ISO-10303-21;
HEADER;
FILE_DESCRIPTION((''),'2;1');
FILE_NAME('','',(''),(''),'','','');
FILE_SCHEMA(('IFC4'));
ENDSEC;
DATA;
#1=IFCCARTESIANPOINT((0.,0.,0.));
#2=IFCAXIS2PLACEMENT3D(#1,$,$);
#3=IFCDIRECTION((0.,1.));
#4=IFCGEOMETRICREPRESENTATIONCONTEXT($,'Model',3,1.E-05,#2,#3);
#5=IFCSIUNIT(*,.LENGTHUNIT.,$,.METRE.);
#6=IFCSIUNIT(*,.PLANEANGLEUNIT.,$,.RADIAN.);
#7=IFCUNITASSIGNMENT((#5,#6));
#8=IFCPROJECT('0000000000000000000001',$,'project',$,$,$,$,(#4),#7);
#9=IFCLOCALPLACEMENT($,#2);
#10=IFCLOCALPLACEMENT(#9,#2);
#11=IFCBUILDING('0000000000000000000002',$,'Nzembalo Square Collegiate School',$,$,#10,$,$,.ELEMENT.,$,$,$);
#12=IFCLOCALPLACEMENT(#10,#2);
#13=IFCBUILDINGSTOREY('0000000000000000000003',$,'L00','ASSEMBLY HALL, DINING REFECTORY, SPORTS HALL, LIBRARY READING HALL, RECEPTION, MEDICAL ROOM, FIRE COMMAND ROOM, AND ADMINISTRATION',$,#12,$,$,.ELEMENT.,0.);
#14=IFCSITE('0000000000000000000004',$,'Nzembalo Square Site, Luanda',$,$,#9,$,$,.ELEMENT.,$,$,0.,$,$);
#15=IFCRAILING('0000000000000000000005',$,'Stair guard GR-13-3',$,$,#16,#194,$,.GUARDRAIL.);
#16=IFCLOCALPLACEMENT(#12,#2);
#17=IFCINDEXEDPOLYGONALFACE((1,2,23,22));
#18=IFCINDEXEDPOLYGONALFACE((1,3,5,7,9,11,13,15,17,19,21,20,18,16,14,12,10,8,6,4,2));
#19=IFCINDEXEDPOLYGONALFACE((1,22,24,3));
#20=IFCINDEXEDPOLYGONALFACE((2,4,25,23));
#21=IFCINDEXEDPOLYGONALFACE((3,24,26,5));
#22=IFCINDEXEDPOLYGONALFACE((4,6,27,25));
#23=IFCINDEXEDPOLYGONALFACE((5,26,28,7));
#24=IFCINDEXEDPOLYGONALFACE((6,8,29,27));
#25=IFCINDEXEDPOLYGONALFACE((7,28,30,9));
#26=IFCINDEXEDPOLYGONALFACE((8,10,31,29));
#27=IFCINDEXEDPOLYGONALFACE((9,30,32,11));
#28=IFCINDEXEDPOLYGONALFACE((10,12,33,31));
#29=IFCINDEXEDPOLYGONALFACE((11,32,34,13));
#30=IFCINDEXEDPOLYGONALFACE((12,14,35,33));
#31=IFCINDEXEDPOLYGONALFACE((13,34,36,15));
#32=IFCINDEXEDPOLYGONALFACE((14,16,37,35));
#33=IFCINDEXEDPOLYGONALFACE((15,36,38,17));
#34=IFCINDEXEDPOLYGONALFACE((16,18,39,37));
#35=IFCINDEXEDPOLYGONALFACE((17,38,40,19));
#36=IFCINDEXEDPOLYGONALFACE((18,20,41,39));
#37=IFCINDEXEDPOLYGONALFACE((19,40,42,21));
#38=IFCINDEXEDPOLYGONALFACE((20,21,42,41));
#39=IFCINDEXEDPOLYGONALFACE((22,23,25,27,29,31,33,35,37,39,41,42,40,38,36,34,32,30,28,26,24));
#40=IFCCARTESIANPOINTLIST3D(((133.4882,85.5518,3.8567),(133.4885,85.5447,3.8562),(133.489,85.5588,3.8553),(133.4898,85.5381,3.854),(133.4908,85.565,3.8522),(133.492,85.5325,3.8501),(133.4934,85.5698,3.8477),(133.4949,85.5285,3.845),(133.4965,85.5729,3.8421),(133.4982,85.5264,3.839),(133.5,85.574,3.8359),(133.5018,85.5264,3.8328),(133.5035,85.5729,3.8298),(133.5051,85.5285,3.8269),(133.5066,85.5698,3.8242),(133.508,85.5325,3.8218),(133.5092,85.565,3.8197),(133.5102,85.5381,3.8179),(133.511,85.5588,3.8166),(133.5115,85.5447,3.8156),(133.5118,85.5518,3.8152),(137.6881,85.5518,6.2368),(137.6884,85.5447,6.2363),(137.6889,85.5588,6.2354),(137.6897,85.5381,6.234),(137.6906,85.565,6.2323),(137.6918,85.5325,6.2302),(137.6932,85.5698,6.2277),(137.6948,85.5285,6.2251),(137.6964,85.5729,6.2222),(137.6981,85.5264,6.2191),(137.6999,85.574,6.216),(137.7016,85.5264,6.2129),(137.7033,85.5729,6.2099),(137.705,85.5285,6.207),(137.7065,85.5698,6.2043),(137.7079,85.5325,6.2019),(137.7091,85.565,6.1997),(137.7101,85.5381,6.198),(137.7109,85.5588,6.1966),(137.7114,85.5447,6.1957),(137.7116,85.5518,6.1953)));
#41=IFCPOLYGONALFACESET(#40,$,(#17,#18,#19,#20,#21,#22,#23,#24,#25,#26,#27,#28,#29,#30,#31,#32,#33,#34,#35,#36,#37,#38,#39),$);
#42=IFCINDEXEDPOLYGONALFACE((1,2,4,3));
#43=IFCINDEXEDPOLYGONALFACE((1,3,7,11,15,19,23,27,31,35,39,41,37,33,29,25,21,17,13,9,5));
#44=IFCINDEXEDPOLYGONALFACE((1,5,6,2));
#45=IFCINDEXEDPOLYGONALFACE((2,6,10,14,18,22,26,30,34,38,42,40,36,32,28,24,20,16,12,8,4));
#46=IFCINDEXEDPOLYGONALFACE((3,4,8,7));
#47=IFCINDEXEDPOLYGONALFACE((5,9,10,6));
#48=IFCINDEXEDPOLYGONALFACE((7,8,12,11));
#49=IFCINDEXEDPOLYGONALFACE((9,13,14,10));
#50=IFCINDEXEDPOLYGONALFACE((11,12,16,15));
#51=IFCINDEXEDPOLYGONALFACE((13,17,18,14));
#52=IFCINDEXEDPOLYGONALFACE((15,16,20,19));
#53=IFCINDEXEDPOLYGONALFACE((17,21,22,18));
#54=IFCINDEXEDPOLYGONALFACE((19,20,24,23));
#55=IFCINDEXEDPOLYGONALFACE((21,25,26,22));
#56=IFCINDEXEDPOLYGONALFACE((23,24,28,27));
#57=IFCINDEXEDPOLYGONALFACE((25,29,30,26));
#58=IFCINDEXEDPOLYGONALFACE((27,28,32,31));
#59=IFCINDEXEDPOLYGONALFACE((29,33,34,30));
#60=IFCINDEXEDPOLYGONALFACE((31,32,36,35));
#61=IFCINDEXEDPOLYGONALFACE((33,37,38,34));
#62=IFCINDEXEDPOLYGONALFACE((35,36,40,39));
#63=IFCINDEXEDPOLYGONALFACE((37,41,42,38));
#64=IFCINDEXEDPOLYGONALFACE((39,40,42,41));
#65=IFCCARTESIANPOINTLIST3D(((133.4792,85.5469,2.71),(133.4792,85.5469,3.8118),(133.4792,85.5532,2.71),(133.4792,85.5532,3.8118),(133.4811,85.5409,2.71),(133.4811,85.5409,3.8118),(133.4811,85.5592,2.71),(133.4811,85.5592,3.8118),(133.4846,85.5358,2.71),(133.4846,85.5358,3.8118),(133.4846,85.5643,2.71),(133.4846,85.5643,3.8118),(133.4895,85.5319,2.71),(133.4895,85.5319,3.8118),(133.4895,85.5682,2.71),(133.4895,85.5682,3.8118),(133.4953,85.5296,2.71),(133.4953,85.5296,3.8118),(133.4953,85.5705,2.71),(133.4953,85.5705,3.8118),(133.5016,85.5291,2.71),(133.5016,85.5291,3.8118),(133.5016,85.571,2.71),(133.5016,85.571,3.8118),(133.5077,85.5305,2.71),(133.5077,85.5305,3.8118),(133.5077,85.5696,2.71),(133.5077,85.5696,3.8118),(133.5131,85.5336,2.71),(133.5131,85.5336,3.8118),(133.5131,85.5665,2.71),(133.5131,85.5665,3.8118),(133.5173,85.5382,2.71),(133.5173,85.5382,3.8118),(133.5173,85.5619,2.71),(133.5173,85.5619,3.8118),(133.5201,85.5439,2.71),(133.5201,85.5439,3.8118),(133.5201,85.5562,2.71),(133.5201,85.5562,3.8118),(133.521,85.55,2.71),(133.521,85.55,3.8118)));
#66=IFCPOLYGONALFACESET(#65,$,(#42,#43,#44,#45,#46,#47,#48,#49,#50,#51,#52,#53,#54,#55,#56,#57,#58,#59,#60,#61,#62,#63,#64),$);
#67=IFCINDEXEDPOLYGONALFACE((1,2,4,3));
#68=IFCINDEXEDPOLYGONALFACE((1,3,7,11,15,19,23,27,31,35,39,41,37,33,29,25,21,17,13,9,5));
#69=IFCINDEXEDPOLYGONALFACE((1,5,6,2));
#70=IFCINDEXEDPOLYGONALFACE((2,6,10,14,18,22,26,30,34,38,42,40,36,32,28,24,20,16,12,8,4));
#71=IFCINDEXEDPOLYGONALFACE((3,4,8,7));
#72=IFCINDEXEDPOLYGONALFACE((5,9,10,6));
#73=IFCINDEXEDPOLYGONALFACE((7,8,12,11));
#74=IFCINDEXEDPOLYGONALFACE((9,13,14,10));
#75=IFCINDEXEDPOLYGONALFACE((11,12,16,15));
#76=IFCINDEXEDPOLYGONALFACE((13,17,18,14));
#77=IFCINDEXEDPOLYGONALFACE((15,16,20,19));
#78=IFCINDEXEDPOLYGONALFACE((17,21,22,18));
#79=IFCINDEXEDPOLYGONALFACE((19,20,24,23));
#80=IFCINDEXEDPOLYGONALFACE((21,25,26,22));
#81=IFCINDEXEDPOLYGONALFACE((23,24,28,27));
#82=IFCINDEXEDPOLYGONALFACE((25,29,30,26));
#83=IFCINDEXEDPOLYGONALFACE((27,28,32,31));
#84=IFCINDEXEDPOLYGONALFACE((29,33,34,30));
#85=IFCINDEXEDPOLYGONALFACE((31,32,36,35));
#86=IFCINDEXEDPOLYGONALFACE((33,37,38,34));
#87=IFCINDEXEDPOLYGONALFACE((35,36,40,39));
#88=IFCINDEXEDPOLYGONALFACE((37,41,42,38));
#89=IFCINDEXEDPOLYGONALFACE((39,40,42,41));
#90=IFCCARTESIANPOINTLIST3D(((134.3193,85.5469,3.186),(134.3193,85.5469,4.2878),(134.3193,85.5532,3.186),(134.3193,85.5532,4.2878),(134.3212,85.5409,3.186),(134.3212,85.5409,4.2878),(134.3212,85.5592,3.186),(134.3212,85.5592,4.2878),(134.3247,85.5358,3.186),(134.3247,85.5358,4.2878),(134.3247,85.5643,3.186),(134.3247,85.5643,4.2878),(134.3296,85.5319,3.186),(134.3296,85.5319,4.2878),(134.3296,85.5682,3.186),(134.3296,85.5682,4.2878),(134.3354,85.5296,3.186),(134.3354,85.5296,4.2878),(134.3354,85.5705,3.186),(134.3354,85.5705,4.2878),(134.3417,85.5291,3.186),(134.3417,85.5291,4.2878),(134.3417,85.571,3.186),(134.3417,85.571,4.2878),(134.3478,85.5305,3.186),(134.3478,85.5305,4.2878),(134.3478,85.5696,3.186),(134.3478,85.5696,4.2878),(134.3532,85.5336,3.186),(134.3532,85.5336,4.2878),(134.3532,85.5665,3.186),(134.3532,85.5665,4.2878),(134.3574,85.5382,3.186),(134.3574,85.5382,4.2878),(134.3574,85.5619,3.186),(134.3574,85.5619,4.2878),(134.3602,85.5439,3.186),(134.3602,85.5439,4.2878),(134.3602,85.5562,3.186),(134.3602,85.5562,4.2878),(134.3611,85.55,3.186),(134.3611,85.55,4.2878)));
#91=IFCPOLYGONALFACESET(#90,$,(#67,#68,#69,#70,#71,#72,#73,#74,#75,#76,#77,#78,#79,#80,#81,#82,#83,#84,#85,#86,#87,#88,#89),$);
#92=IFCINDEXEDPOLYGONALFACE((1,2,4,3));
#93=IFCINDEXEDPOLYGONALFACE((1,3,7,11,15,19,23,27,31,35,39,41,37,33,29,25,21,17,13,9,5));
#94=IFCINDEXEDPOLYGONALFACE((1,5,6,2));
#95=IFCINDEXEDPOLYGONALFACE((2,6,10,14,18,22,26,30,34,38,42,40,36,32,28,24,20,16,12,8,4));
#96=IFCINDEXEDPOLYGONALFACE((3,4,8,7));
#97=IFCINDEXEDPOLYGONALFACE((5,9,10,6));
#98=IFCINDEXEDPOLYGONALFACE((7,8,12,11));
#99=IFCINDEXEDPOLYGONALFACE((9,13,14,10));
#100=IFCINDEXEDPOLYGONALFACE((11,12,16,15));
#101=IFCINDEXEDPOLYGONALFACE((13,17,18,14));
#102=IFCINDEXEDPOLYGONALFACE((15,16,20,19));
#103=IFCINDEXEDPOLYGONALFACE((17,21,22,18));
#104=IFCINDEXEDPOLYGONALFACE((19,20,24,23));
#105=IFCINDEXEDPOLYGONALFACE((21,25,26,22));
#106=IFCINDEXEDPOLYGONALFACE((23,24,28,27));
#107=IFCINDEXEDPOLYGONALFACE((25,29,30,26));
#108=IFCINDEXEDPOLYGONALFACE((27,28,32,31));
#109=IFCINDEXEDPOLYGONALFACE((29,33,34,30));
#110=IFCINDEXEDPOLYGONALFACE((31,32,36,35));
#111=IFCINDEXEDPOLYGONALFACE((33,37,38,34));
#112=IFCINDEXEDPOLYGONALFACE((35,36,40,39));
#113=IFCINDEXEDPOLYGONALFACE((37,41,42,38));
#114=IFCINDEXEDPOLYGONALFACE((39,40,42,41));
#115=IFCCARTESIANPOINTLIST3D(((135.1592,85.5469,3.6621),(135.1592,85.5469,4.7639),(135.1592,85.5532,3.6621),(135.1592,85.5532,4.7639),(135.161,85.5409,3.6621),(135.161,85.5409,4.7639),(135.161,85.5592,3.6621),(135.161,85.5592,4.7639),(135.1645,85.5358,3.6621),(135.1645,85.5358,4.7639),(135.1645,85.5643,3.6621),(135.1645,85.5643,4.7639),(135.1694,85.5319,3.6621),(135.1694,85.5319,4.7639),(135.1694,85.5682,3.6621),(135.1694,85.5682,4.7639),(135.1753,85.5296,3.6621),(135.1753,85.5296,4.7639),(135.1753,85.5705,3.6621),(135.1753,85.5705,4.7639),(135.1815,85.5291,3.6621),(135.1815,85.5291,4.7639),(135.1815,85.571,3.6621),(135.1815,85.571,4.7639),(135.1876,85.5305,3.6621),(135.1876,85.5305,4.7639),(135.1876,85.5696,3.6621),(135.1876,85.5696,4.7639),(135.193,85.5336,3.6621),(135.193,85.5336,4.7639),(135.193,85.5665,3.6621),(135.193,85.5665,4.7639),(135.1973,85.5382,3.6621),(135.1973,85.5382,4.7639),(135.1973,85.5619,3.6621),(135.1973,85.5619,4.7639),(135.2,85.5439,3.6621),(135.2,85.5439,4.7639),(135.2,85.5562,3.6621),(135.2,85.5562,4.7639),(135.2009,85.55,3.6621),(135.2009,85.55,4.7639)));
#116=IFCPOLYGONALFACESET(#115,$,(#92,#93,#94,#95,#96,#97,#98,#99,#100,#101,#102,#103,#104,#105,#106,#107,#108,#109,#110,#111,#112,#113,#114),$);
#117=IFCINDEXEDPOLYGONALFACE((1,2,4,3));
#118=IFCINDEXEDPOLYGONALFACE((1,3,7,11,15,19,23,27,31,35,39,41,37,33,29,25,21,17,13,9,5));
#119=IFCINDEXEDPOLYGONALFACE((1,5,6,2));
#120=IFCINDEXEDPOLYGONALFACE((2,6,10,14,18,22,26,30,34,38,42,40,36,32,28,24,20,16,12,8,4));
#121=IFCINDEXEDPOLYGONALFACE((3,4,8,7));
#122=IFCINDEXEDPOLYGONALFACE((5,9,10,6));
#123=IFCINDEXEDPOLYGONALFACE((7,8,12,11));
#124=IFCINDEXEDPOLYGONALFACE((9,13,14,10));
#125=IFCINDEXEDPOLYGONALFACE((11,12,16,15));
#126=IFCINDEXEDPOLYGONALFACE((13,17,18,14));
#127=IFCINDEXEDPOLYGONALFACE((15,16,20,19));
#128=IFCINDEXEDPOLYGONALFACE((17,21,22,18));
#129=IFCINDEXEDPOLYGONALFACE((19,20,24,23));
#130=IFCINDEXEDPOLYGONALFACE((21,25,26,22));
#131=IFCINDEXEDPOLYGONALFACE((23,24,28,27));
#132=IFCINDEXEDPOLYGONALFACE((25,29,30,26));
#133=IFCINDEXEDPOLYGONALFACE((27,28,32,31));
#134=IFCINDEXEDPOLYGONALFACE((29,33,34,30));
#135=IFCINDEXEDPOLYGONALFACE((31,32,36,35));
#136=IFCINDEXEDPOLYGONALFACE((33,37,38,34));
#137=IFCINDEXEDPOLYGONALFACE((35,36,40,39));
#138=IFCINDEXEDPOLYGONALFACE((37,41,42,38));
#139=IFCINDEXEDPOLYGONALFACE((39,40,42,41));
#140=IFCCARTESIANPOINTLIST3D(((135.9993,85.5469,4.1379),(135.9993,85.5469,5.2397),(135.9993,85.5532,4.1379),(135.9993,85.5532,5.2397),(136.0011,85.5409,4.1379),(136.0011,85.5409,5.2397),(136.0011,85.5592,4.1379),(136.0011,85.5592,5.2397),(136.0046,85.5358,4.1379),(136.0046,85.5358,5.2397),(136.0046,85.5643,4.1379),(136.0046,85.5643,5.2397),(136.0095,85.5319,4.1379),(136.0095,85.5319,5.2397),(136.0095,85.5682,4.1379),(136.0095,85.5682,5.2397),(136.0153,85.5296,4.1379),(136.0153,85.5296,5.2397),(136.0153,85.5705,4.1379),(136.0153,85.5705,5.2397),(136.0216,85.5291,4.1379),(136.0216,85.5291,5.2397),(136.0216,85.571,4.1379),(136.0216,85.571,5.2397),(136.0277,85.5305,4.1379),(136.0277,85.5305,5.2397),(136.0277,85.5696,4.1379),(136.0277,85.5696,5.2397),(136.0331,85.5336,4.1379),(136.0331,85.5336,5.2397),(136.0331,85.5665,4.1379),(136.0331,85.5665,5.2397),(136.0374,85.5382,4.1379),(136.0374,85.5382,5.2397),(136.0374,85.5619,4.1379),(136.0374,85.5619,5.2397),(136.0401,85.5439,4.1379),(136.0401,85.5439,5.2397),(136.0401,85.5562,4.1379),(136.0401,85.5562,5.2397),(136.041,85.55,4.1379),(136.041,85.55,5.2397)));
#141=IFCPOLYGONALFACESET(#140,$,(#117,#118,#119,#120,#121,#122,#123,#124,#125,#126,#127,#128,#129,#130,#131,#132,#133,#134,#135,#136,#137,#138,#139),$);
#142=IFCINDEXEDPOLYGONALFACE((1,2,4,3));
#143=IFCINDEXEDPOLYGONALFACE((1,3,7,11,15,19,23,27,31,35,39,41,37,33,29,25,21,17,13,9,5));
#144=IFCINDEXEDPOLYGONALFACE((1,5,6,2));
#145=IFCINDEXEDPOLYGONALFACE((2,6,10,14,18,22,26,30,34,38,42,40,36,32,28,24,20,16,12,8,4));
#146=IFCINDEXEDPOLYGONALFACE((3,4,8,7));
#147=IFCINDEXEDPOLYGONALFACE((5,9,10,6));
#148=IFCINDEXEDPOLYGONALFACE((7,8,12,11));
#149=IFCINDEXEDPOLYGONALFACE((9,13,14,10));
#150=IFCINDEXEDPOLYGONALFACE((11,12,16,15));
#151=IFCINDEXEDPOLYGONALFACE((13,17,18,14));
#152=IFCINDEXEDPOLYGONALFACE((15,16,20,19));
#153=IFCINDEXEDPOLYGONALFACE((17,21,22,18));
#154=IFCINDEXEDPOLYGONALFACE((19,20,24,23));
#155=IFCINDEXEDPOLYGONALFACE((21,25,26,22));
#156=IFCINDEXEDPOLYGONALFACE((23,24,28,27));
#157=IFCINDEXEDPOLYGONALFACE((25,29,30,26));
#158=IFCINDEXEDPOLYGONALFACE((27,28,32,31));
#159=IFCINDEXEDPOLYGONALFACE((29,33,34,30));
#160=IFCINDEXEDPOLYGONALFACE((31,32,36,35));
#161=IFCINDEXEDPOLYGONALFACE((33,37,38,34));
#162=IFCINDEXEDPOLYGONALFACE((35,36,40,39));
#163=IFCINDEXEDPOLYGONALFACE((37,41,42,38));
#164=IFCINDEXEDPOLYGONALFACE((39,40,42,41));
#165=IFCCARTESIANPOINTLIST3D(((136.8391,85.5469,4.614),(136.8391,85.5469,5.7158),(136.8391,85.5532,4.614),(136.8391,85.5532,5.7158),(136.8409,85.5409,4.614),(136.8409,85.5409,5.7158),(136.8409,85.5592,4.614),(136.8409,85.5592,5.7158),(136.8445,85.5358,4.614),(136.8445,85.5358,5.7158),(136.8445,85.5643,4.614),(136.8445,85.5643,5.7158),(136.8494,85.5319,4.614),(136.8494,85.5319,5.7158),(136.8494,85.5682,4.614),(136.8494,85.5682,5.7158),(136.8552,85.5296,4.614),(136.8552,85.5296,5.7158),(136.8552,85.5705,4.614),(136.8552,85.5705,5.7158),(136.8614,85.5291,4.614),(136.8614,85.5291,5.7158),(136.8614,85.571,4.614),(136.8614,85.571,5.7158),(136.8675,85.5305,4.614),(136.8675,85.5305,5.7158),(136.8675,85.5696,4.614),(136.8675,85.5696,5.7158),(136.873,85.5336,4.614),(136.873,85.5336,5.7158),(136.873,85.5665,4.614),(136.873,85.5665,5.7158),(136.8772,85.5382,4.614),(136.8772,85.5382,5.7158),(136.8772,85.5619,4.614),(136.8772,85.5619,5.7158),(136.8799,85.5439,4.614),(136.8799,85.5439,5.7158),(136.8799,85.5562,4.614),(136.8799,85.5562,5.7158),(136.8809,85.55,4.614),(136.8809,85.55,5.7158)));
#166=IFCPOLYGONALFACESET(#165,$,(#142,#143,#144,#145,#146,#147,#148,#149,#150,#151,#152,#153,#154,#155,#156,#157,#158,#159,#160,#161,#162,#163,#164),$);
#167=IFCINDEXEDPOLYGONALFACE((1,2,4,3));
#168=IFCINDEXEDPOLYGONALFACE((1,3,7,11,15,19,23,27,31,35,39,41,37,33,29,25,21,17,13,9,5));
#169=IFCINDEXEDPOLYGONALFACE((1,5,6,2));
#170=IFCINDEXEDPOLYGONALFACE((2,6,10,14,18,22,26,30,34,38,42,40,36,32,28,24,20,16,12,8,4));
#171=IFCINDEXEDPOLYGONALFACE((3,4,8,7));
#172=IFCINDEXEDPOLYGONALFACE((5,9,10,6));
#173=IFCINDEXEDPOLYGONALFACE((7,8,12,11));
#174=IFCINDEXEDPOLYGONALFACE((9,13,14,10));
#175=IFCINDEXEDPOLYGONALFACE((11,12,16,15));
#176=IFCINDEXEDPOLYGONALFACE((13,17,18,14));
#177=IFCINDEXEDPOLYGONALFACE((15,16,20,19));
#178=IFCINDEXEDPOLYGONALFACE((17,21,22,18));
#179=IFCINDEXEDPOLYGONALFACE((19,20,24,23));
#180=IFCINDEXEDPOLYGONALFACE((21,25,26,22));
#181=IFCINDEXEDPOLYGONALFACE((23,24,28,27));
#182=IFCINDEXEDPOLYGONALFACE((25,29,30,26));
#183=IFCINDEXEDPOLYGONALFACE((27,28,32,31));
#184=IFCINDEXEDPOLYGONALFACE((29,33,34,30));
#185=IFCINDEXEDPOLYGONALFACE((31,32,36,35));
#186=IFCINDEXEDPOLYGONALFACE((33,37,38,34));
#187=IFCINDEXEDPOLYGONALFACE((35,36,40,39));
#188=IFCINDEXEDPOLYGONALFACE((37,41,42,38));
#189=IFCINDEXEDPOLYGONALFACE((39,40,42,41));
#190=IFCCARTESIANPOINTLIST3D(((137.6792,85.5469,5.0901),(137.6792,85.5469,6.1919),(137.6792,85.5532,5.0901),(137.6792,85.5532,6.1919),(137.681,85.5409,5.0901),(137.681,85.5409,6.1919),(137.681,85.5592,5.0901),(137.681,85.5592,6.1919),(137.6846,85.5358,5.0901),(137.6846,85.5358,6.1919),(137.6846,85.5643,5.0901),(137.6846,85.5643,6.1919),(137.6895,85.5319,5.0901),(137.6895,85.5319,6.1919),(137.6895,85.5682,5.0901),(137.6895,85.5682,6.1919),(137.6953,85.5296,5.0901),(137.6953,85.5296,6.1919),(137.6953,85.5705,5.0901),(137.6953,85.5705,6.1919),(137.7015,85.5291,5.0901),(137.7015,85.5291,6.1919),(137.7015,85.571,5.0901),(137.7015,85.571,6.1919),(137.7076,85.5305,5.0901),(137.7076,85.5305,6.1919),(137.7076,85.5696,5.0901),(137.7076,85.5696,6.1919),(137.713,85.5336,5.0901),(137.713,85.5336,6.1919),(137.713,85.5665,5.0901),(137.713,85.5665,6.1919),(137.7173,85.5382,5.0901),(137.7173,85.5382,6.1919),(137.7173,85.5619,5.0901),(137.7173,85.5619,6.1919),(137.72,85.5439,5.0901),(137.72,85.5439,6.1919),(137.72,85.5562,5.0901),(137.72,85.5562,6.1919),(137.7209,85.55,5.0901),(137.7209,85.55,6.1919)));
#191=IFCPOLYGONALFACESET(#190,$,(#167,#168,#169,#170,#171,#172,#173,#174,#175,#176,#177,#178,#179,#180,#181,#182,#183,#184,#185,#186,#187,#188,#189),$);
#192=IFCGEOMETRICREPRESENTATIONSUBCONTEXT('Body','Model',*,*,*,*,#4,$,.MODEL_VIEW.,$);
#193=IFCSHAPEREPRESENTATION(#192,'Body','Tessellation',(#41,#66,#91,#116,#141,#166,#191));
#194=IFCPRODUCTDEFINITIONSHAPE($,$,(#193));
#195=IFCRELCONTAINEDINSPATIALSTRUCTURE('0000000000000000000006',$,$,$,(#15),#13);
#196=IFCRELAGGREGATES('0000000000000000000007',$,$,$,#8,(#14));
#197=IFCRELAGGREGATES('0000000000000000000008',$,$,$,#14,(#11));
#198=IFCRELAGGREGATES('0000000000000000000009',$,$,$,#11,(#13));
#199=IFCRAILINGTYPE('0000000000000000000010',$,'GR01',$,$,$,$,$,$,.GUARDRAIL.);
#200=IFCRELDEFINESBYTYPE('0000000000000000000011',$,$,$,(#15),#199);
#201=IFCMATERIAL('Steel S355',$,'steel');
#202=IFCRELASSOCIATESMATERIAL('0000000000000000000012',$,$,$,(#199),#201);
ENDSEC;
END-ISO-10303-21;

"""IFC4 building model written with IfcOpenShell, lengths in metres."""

from ifc_helpers import new_model, si_unit, direction, frame, origin, origin_2d, place, context, subcontext, project, spatial, circle, extrude, material, type_object, element, save


model = new_model("IFC4")

# Units and contexts
model_context = context("Model", 3, precision=1e-05, world=origin(), true_north=direction((0.0, 1.0)))
body_context = subcontext(model_context, "Body", "Model", "MODEL_VIEW")
ifc_project = project(units=[si_unit("LENGTHUNIT", "METRE"), si_unit("PLANEANGLEUNIT", "RADIAN")], contexts=[model_context])

# Site, building, storey
site_placement = place(None, origin())
site = spatial("IfcSite", under=ifc_project, at=site_placement, Name="Nzembalo Square Site, Luanda", CompositionType="ELEMENT", RefElevation=0.0)
building_placement = place(site_placement, origin())
building = spatial("IfcBuilding", under=site, at=building_placement, Name="Nzembalo Square Collegiate School", CompositionType="ELEMENT")
storey_placement = place(building_placement, origin())
storey = spatial("IfcBuildingStorey", under=building, at=storey_placement, Name="L00", Description="ASSEMBLY HALL, DINING REFECTORY, SPORTS HALL, LIBRARY READING HALL, RECEPTION, MEDICAL ROOM, FIRE COMMAND ROOM, AND ADMINISTRATION", CompositionType="ELEMENT", Elevation=0.0)

# Railing
ifc_material_1 = material(Name="Steel S355", Category="steel")
railing_type_1 = type_object("IfcRailingType", Name="GR01", PredefinedType="GUARDRAIL", material=ifc_material_1)
railing_1_placement = place(storey_placement, frame((133.5, 85.55, 2.71)))
element("IfcRailing", 1, at=railing_1_placement, inside=storey, type_object=railing_type_1, Name="Stair guard GR-13-3", PredefinedType="GUARDRAIL", context=body_context, shape_type="SweptSolid", body=[
    extrude(circle(Radius=0.0239, at=origin_2d()), frame((0.0, 0.0, 1.126), z_axis=(0.870008, 0.0, 0.493037), x_axis=(0.0, 1.0, 0.0)), (0.0, 0.0, 1.0), 4.8274),
    extrude(circle(Radius=0.021, at=origin_2d()), origin(), (0.0, 0.0, 1.0), 1.1018),
    extrude(circle(Radius=0.021, at=origin_2d()), frame((0.8401, 0.0, 0.4761)), (0.0, 0.0, 1.0), 1.1018),
    extrude(circle(Radius=0.021, at=origin_2d()), frame((1.6799, 0.0, 0.9521)), (0.0, 0.0, 1.0), 1.1018),
    extrude(circle(Radius=0.021, at=origin_2d()), frame((2.52, 0.0, 1.428)), (0.0, 0.0, 1.0), 1.1018),
    extrude(circle(Radius=0.021, at=origin_2d()), frame((3.3599, 0.0, 1.9041)), (0.0, 0.0, 1.0), 1.1018),
    extrude(circle(Radius=0.021, at=origin_2d()), frame((4.2, 0.0, 2.3801)), (0.0, 0.0, 1.0), 1.1018),
])

save(model, "model.ifc")
